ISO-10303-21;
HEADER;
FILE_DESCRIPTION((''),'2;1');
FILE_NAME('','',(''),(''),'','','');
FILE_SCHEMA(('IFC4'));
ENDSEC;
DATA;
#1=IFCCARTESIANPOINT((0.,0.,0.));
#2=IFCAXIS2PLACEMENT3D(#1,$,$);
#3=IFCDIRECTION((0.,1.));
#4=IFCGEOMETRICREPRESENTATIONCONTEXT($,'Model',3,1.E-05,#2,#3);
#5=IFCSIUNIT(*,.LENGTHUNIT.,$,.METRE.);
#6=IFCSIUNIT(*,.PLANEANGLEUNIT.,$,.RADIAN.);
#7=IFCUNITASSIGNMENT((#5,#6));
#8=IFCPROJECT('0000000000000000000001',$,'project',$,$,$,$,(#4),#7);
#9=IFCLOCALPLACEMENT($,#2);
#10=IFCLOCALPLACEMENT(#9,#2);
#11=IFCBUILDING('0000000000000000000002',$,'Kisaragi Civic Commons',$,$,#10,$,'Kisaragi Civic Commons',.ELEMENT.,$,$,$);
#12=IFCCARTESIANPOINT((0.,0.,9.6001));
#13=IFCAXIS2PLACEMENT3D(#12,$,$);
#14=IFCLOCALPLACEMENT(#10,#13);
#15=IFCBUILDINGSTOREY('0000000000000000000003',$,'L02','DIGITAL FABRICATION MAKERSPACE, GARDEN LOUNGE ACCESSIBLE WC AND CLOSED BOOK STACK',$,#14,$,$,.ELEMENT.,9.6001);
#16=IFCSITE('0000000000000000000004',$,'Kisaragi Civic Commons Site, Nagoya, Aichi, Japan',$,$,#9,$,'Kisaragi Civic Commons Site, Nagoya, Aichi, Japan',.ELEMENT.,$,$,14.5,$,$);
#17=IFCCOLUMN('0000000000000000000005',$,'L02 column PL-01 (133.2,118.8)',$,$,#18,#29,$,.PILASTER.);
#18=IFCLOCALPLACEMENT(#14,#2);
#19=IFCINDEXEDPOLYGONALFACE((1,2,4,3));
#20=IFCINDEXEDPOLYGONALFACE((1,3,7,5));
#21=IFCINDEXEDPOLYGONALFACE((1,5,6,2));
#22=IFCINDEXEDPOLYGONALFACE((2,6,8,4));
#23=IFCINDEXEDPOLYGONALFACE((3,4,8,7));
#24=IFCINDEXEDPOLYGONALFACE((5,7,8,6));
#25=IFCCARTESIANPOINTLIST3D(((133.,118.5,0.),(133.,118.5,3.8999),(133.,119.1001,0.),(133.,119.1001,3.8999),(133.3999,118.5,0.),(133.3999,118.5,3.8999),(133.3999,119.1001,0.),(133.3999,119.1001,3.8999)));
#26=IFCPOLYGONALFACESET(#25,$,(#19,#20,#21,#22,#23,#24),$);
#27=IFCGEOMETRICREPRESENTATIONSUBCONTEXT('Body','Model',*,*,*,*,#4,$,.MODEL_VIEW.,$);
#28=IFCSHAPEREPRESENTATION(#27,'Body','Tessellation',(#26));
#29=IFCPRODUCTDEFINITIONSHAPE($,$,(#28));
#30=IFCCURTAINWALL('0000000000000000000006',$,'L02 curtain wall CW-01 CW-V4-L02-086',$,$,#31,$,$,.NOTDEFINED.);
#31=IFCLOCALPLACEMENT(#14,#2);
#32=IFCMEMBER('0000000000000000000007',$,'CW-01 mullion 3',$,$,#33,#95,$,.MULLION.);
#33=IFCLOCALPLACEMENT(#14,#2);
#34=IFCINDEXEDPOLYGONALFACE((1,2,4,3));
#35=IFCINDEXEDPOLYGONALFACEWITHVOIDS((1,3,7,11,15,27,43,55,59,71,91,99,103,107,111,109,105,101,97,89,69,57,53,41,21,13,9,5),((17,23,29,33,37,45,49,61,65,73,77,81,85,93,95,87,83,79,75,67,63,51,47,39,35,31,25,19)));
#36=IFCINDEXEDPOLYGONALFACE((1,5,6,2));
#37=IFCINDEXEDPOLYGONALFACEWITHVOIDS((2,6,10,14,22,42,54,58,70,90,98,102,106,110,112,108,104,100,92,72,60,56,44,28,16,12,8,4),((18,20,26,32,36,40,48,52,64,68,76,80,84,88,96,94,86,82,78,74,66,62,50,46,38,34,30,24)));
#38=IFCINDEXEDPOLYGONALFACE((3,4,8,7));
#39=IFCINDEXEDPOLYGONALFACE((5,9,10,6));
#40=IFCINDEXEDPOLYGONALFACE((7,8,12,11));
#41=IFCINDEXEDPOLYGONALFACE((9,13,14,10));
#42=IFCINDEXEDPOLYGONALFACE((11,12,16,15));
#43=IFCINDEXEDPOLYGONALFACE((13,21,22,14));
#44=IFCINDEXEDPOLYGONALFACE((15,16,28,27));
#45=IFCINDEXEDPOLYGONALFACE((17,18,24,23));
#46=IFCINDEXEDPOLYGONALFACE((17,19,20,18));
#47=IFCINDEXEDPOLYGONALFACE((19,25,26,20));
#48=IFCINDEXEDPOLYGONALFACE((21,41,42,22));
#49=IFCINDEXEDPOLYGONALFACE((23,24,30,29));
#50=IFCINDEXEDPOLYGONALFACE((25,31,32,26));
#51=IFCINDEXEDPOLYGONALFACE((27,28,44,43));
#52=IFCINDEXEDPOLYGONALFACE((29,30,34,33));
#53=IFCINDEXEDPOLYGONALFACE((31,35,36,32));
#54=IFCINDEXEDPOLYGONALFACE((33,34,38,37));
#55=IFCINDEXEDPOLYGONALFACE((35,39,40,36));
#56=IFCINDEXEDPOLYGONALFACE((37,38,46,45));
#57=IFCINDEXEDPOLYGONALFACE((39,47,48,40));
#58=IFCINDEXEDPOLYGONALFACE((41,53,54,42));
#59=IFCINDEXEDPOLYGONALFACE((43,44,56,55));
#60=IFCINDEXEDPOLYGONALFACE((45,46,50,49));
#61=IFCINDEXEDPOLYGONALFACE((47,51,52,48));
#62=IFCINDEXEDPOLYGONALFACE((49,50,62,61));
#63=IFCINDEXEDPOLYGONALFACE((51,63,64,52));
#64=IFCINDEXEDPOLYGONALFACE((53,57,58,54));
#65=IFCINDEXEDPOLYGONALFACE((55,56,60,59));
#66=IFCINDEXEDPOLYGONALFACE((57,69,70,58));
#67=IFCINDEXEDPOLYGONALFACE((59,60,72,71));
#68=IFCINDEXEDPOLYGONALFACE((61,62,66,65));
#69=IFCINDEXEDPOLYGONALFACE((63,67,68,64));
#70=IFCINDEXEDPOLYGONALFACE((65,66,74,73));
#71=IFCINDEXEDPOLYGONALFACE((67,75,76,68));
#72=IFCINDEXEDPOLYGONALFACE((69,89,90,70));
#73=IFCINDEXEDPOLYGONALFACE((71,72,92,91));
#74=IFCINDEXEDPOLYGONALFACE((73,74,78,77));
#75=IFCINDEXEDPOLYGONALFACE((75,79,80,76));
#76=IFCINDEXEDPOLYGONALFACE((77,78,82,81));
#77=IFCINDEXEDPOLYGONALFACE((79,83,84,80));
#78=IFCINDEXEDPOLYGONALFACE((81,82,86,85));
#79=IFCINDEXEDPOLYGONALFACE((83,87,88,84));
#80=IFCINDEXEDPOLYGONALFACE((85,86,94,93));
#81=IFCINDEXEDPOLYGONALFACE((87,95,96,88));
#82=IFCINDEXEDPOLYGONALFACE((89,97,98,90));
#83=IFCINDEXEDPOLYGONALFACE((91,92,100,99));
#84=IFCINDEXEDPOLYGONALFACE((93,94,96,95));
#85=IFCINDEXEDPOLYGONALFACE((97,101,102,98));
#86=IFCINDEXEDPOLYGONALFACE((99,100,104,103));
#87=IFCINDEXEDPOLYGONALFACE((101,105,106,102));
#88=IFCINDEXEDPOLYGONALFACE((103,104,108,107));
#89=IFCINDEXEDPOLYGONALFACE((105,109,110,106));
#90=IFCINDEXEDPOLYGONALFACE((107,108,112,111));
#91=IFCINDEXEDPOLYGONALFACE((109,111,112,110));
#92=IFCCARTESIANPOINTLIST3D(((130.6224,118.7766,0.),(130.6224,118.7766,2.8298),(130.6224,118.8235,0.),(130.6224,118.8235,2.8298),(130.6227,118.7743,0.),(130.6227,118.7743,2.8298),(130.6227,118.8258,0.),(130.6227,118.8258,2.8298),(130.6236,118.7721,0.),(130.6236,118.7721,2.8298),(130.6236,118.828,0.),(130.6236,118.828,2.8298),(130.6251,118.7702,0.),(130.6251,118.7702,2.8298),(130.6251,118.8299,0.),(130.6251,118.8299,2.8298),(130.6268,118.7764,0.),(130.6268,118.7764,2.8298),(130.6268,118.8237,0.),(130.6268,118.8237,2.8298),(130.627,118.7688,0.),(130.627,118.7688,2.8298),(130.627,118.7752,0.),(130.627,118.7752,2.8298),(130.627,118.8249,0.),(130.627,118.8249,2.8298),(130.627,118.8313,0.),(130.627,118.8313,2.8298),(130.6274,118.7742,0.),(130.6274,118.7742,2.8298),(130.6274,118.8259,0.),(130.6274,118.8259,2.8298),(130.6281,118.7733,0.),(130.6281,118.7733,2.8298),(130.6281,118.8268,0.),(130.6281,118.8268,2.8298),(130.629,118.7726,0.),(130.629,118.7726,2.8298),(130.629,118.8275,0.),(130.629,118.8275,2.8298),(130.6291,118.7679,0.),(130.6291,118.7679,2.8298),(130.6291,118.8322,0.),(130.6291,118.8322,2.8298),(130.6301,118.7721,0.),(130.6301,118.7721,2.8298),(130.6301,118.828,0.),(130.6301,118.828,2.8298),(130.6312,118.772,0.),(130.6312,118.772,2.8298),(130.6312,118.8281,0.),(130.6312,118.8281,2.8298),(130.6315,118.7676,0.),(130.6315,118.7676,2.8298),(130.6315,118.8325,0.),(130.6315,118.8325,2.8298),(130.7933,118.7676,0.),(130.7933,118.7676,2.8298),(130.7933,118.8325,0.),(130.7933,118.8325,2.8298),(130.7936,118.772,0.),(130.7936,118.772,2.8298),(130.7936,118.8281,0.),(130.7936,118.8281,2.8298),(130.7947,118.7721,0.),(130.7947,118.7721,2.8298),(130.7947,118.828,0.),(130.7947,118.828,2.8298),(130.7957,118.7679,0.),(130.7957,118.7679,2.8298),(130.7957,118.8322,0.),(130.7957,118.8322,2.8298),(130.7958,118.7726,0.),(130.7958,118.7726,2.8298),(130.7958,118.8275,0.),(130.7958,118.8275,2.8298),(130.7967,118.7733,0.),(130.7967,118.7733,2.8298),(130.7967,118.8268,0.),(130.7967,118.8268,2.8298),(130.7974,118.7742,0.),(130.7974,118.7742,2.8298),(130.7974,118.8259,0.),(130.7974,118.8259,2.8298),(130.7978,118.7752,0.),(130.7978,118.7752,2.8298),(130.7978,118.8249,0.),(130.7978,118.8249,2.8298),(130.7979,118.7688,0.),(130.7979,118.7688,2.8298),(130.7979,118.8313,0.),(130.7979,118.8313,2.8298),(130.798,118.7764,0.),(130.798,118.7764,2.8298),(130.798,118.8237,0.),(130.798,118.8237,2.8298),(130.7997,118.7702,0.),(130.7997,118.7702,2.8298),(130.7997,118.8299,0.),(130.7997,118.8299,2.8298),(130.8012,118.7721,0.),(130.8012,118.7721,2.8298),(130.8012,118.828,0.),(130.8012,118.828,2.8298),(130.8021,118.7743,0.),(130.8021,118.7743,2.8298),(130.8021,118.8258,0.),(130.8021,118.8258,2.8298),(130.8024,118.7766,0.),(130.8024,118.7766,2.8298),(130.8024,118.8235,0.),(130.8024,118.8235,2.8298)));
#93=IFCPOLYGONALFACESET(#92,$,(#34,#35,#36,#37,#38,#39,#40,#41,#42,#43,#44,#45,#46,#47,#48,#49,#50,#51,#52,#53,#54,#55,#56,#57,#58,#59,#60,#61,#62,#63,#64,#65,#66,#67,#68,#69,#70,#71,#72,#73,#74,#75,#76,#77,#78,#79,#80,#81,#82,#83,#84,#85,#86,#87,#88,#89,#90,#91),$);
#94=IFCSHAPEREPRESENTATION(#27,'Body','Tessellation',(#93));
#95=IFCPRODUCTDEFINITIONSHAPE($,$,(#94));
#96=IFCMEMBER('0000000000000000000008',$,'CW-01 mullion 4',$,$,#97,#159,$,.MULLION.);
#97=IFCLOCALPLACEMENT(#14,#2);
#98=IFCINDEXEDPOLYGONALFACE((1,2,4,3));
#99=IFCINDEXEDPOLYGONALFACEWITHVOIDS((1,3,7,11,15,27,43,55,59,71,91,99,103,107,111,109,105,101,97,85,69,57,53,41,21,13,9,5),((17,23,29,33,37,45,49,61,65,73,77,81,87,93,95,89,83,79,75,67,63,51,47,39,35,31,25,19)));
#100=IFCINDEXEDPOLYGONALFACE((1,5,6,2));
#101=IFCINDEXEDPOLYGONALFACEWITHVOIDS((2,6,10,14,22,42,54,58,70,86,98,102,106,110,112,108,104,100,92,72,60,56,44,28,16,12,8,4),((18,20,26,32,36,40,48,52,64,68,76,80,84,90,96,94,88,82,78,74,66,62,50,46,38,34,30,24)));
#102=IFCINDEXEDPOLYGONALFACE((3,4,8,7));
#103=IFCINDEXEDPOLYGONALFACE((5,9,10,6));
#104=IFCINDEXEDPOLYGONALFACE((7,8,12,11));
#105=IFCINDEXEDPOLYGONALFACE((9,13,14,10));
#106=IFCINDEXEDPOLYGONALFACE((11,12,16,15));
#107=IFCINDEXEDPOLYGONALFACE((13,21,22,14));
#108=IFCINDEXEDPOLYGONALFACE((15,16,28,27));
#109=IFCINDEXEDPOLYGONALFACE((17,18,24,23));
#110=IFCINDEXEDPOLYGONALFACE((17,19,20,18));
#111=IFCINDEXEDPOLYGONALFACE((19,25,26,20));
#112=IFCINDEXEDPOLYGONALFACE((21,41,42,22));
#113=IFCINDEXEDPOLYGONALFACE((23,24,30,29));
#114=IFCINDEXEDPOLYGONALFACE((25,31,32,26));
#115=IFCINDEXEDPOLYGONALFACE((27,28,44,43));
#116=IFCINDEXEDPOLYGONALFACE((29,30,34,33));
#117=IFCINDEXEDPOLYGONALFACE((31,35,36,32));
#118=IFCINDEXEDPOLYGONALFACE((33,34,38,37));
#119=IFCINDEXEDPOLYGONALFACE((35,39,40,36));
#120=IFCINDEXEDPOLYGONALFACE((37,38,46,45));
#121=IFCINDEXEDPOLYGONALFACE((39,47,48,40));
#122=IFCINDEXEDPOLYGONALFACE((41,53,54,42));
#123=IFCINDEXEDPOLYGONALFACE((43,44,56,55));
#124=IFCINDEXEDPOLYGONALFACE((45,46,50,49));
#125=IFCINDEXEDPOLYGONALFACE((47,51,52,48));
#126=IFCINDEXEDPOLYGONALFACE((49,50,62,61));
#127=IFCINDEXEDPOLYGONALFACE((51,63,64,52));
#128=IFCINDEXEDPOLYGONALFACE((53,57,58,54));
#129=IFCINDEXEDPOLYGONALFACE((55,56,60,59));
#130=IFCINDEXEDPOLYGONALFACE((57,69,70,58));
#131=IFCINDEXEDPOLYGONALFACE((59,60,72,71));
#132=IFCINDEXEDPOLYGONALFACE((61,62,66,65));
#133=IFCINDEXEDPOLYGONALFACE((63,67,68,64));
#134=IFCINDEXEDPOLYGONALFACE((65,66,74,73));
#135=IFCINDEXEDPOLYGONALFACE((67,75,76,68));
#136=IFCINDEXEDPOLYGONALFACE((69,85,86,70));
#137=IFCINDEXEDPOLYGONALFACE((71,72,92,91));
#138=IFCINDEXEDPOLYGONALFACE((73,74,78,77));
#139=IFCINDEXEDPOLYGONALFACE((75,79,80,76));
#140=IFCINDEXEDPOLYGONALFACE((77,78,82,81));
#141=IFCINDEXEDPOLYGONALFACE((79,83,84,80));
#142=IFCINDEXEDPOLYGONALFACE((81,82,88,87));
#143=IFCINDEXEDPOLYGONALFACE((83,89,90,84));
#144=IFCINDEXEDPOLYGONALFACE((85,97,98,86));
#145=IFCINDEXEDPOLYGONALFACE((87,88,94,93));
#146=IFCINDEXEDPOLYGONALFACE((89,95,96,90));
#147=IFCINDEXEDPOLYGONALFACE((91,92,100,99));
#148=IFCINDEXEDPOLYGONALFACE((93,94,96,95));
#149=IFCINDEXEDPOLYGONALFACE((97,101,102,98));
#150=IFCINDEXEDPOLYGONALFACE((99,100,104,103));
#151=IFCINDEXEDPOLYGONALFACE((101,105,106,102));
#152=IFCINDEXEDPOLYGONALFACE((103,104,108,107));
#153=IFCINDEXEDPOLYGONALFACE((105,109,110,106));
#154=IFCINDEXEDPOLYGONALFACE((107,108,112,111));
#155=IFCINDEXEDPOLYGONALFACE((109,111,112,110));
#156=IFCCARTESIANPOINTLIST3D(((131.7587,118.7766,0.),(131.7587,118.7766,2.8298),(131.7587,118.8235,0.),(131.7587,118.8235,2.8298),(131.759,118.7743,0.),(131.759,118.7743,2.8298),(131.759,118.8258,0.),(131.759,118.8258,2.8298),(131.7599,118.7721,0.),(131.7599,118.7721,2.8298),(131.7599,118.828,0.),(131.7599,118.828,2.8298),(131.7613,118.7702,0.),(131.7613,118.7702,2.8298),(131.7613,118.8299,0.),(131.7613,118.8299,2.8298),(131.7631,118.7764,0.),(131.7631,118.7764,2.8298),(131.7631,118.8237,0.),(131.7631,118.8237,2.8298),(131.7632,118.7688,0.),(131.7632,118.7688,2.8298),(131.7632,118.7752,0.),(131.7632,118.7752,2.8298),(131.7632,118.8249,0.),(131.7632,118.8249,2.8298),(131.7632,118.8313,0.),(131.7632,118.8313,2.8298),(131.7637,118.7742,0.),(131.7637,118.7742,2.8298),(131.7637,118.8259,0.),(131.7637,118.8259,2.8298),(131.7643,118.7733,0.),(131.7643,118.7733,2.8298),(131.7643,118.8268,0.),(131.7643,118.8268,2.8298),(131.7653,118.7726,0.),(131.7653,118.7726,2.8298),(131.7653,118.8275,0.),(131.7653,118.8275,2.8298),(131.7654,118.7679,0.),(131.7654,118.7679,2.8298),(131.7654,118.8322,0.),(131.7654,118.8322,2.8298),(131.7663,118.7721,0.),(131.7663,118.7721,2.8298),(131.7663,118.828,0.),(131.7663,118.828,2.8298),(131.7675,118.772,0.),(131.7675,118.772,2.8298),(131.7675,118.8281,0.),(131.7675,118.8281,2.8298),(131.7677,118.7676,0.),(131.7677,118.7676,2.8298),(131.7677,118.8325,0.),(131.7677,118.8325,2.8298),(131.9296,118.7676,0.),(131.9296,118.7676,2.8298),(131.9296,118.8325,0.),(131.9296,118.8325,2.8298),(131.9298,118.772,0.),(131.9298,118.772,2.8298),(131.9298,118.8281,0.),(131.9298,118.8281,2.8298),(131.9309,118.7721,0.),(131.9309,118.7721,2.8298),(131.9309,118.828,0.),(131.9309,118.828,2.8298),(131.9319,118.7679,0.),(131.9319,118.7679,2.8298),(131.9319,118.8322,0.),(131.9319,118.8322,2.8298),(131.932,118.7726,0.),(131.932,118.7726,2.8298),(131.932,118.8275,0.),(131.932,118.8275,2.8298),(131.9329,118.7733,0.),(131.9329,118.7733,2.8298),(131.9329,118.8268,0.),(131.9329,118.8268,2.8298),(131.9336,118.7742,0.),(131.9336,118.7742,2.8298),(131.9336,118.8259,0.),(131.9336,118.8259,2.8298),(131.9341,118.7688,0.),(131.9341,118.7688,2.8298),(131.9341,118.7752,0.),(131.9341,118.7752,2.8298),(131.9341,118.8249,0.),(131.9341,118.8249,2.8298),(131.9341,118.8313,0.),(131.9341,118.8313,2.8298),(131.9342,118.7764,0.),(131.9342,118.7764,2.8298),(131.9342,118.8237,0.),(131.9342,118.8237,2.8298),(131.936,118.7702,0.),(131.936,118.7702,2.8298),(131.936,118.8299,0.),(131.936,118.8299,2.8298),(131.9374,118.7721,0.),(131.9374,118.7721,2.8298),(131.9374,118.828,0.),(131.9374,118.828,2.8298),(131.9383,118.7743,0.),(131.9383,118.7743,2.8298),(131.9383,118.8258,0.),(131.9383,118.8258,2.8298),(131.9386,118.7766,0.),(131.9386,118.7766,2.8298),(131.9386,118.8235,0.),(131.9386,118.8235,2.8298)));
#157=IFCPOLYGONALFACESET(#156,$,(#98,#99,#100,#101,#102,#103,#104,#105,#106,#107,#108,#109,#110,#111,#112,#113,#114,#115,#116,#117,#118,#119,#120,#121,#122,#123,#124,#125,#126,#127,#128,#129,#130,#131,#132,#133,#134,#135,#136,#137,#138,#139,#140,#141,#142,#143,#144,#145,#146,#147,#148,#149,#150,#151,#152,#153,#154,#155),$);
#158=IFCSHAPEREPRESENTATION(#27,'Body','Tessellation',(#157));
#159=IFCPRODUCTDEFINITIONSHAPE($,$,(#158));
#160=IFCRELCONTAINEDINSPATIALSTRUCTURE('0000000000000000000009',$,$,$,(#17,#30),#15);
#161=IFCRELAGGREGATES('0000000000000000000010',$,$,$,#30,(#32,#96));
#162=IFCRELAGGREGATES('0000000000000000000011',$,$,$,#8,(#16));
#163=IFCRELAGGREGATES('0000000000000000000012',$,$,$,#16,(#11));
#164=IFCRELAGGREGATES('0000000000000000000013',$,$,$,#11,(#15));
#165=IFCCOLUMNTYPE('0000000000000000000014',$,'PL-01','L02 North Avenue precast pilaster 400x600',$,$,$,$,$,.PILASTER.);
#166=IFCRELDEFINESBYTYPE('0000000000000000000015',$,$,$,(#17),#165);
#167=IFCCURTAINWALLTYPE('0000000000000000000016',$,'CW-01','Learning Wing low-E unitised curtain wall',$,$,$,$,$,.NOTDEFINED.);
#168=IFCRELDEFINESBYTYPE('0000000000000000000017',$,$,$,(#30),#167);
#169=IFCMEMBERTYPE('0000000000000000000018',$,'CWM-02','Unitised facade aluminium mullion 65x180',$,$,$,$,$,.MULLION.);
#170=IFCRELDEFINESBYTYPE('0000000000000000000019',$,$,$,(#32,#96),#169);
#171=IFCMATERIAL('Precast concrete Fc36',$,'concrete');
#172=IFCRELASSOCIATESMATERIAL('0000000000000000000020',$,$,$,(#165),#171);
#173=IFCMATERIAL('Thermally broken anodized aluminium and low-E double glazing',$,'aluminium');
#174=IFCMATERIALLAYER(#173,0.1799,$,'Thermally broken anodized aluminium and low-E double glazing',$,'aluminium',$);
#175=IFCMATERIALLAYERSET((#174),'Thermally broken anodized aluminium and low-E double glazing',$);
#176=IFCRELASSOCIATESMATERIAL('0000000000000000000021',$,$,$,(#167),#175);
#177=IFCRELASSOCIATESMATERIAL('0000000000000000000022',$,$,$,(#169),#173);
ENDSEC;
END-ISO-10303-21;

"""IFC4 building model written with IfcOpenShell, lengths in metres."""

from ifc_helpers import new_model, si_unit, direction, frame, origin, origin_2d, place, context, subcontext, project, spatial, rectangle, hollow_rectangle, extrude, material, layer, layer_set, material_profile, profile_set, type_object, element, aggregate, save


model = new_model("IFC4")

# Units and contexts
model_context = context("Model", 3, precision=1e-05, world=origin(), true_north=direction((0.0, 1.0)))
body_context = subcontext(model_context, "Body", "Model", "MODEL_VIEW")
ifc_project = project(units=[si_unit("LENGTHUNIT", "METRE"), si_unit("PLANEANGLEUNIT", "RADIAN")], contexts=[model_context])

# Site, building, storey
site_placement = place(None, origin())
site = spatial("IfcSite", under=ifc_project, at=site_placement, Name="Kisaragi Civic Commons Site, Nagoya, Aichi, Japan", LongName="Kisaragi Civic Commons Site, Nagoya, Aichi, Japan", CompositionType="ELEMENT", RefElevation=14.5)
building_placement = place(site_placement, origin())
building = spatial("IfcBuilding", under=site, at=building_placement, Name="Kisaragi Civic Commons", LongName="Kisaragi Civic Commons", CompositionType="ELEMENT")
storey_placement = place(building_placement, frame((0.0, 0.0, 9.6001)))
storey = spatial("IfcBuildingStorey", under=building, at=storey_placement, Name="L02", Description="DIGITAL FABRICATION MAKERSPACE, GARDEN LOUNGE ACCESSIBLE WC AND CLOSED BOOK STACK", CompositionType="ELEMENT", Elevation=9.6001)

# Column
ifc_material_1 = material(Name="Precast concrete Fc36", Category="concrete")
ifc_material_profile_1 = material_profile(ifc_material_1, rectangle(XDim=0.3999, YDim=0.6001, at=origin_2d()), Name="RC-400x600", Category="concrete")
ifc_profile_set_1 = profile_set([ifc_material_profile_1], Name="Precast concrete Fc36")
column_type = type_object("IfcColumnType", Name="PL-01", Description="L02 North Avenue precast pilaster 400x600", PredefinedType="PILASTER", material=ifc_profile_set_1)
column_placement = place(storey_placement, frame((133.2, 118.8, 0.0), z_axis=(0.0, 0.0, 1.0), x_axis=(1.0, 0.0, 0.0)))
element("IfcColumn", 1, at=column_placement, inside=storey, type_object=column_type, Name="L02 column PL-01 (133.2,118.8)", PredefinedType="PILASTER", context=body_context, shape_type="SweptSolid", body=[
    extrude(rectangle(XDim=0.3999, YDim=0.6001, at=origin_2d()), origin(), (0.0, 0.0, 1.0), 3.8999),
])

# Curtain wall, members
ifc_material_2 = material(Name="Thermally broken anodized aluminium and low-E double glazing", Category="aluminium")
ifc_layer_1 = layer(ifc_material_2, 0.1799, Name="Thermally broken anodized aluminium and low-E double glazing", Category="aluminium")
ifc_layer_set_1 = layer_set([ifc_layer_1], Name="Thermally broken anodized aluminium and low-E double glazing")
curtain_wall_type = type_object("IfcCurtainWallType", Name="CW-01", Description="Learning Wing low-E unitised curtain wall", PredefinedType="NOTDEFINED", material=ifc_layer_set_1)
curtain_wall_1_placement = place(storey_placement, origin())
curtain_wall_1 = element("IfcCurtainWall", 2, at=curtain_wall_1_placement, inside=storey, type_object=curtain_wall_type, Name="L02 curtain wall CW-01 CW-V4-L02-086", PredefinedType="NOTDEFINED")
ifc_material_profile_2 = material_profile(ifc_material_2, hollow_rectangle(XDim=0.0649, YDim=0.1799, WallThickness=0.0044, InnerFilletRadius=0.0044, OuterFilletRadius=0.009, at=origin_2d()), Name="CWM-65x180x4.5", Category="aluminium")
ifc_profile_set_2 = profile_set([ifc_material_profile_2], Name="Thermally broken anodized aluminium and low-E double glazing")
member_type_1 = type_object("IfcMemberType", Name="CWM-02", Description="Unitised facade aluminium mullion 65x180", PredefinedType="MULLION", material=ifc_profile_set_2)
member_1_placement = place(storey_placement, frame((130.7124, 118.8, 0.0), z_axis=(0.0, 0.0, 1.0), x_axis=(0.0, 1.0, 0.0)))
member_1 = element("IfcMember", 3, at=member_1_placement, type_object=member_type_1, Name="CW-01 mullion 3", PredefinedType="MULLION", context=body_context, shape_type="SweptSolid", body=[
    extrude(hollow_rectangle(XDim=0.0649, YDim=0.1799, WallThickness=0.0044, InnerFilletRadius=0.0044, OuterFilletRadius=0.009, at=origin_2d()), origin(), (0.0, 0.0, 1.0), 2.8298),
])
member_2_placement = place(storey_placement, frame((131.8486, 118.8, 0.0), z_axis=(0.0, 0.0, 1.0), x_axis=(0.0, 1.0, 0.0)))
member_2 = element("IfcMember", 4, at=member_2_placement, type_object=member_type_1, Name="CW-01 mullion 4", PredefinedType="MULLION", context=body_context, shape_type="SweptSolid", body=[
    extrude(hollow_rectangle(XDim=0.0649, YDim=0.1799, WallThickness=0.0044, InnerFilletRadius=0.0044, OuterFilletRadius=0.009, at=origin_2d()), origin(), (0.0, 0.0, 1.0), 2.8298),
])

aggregate(curtain_wall_1, [member_1, member_2])

save(model, "model.ifc")
